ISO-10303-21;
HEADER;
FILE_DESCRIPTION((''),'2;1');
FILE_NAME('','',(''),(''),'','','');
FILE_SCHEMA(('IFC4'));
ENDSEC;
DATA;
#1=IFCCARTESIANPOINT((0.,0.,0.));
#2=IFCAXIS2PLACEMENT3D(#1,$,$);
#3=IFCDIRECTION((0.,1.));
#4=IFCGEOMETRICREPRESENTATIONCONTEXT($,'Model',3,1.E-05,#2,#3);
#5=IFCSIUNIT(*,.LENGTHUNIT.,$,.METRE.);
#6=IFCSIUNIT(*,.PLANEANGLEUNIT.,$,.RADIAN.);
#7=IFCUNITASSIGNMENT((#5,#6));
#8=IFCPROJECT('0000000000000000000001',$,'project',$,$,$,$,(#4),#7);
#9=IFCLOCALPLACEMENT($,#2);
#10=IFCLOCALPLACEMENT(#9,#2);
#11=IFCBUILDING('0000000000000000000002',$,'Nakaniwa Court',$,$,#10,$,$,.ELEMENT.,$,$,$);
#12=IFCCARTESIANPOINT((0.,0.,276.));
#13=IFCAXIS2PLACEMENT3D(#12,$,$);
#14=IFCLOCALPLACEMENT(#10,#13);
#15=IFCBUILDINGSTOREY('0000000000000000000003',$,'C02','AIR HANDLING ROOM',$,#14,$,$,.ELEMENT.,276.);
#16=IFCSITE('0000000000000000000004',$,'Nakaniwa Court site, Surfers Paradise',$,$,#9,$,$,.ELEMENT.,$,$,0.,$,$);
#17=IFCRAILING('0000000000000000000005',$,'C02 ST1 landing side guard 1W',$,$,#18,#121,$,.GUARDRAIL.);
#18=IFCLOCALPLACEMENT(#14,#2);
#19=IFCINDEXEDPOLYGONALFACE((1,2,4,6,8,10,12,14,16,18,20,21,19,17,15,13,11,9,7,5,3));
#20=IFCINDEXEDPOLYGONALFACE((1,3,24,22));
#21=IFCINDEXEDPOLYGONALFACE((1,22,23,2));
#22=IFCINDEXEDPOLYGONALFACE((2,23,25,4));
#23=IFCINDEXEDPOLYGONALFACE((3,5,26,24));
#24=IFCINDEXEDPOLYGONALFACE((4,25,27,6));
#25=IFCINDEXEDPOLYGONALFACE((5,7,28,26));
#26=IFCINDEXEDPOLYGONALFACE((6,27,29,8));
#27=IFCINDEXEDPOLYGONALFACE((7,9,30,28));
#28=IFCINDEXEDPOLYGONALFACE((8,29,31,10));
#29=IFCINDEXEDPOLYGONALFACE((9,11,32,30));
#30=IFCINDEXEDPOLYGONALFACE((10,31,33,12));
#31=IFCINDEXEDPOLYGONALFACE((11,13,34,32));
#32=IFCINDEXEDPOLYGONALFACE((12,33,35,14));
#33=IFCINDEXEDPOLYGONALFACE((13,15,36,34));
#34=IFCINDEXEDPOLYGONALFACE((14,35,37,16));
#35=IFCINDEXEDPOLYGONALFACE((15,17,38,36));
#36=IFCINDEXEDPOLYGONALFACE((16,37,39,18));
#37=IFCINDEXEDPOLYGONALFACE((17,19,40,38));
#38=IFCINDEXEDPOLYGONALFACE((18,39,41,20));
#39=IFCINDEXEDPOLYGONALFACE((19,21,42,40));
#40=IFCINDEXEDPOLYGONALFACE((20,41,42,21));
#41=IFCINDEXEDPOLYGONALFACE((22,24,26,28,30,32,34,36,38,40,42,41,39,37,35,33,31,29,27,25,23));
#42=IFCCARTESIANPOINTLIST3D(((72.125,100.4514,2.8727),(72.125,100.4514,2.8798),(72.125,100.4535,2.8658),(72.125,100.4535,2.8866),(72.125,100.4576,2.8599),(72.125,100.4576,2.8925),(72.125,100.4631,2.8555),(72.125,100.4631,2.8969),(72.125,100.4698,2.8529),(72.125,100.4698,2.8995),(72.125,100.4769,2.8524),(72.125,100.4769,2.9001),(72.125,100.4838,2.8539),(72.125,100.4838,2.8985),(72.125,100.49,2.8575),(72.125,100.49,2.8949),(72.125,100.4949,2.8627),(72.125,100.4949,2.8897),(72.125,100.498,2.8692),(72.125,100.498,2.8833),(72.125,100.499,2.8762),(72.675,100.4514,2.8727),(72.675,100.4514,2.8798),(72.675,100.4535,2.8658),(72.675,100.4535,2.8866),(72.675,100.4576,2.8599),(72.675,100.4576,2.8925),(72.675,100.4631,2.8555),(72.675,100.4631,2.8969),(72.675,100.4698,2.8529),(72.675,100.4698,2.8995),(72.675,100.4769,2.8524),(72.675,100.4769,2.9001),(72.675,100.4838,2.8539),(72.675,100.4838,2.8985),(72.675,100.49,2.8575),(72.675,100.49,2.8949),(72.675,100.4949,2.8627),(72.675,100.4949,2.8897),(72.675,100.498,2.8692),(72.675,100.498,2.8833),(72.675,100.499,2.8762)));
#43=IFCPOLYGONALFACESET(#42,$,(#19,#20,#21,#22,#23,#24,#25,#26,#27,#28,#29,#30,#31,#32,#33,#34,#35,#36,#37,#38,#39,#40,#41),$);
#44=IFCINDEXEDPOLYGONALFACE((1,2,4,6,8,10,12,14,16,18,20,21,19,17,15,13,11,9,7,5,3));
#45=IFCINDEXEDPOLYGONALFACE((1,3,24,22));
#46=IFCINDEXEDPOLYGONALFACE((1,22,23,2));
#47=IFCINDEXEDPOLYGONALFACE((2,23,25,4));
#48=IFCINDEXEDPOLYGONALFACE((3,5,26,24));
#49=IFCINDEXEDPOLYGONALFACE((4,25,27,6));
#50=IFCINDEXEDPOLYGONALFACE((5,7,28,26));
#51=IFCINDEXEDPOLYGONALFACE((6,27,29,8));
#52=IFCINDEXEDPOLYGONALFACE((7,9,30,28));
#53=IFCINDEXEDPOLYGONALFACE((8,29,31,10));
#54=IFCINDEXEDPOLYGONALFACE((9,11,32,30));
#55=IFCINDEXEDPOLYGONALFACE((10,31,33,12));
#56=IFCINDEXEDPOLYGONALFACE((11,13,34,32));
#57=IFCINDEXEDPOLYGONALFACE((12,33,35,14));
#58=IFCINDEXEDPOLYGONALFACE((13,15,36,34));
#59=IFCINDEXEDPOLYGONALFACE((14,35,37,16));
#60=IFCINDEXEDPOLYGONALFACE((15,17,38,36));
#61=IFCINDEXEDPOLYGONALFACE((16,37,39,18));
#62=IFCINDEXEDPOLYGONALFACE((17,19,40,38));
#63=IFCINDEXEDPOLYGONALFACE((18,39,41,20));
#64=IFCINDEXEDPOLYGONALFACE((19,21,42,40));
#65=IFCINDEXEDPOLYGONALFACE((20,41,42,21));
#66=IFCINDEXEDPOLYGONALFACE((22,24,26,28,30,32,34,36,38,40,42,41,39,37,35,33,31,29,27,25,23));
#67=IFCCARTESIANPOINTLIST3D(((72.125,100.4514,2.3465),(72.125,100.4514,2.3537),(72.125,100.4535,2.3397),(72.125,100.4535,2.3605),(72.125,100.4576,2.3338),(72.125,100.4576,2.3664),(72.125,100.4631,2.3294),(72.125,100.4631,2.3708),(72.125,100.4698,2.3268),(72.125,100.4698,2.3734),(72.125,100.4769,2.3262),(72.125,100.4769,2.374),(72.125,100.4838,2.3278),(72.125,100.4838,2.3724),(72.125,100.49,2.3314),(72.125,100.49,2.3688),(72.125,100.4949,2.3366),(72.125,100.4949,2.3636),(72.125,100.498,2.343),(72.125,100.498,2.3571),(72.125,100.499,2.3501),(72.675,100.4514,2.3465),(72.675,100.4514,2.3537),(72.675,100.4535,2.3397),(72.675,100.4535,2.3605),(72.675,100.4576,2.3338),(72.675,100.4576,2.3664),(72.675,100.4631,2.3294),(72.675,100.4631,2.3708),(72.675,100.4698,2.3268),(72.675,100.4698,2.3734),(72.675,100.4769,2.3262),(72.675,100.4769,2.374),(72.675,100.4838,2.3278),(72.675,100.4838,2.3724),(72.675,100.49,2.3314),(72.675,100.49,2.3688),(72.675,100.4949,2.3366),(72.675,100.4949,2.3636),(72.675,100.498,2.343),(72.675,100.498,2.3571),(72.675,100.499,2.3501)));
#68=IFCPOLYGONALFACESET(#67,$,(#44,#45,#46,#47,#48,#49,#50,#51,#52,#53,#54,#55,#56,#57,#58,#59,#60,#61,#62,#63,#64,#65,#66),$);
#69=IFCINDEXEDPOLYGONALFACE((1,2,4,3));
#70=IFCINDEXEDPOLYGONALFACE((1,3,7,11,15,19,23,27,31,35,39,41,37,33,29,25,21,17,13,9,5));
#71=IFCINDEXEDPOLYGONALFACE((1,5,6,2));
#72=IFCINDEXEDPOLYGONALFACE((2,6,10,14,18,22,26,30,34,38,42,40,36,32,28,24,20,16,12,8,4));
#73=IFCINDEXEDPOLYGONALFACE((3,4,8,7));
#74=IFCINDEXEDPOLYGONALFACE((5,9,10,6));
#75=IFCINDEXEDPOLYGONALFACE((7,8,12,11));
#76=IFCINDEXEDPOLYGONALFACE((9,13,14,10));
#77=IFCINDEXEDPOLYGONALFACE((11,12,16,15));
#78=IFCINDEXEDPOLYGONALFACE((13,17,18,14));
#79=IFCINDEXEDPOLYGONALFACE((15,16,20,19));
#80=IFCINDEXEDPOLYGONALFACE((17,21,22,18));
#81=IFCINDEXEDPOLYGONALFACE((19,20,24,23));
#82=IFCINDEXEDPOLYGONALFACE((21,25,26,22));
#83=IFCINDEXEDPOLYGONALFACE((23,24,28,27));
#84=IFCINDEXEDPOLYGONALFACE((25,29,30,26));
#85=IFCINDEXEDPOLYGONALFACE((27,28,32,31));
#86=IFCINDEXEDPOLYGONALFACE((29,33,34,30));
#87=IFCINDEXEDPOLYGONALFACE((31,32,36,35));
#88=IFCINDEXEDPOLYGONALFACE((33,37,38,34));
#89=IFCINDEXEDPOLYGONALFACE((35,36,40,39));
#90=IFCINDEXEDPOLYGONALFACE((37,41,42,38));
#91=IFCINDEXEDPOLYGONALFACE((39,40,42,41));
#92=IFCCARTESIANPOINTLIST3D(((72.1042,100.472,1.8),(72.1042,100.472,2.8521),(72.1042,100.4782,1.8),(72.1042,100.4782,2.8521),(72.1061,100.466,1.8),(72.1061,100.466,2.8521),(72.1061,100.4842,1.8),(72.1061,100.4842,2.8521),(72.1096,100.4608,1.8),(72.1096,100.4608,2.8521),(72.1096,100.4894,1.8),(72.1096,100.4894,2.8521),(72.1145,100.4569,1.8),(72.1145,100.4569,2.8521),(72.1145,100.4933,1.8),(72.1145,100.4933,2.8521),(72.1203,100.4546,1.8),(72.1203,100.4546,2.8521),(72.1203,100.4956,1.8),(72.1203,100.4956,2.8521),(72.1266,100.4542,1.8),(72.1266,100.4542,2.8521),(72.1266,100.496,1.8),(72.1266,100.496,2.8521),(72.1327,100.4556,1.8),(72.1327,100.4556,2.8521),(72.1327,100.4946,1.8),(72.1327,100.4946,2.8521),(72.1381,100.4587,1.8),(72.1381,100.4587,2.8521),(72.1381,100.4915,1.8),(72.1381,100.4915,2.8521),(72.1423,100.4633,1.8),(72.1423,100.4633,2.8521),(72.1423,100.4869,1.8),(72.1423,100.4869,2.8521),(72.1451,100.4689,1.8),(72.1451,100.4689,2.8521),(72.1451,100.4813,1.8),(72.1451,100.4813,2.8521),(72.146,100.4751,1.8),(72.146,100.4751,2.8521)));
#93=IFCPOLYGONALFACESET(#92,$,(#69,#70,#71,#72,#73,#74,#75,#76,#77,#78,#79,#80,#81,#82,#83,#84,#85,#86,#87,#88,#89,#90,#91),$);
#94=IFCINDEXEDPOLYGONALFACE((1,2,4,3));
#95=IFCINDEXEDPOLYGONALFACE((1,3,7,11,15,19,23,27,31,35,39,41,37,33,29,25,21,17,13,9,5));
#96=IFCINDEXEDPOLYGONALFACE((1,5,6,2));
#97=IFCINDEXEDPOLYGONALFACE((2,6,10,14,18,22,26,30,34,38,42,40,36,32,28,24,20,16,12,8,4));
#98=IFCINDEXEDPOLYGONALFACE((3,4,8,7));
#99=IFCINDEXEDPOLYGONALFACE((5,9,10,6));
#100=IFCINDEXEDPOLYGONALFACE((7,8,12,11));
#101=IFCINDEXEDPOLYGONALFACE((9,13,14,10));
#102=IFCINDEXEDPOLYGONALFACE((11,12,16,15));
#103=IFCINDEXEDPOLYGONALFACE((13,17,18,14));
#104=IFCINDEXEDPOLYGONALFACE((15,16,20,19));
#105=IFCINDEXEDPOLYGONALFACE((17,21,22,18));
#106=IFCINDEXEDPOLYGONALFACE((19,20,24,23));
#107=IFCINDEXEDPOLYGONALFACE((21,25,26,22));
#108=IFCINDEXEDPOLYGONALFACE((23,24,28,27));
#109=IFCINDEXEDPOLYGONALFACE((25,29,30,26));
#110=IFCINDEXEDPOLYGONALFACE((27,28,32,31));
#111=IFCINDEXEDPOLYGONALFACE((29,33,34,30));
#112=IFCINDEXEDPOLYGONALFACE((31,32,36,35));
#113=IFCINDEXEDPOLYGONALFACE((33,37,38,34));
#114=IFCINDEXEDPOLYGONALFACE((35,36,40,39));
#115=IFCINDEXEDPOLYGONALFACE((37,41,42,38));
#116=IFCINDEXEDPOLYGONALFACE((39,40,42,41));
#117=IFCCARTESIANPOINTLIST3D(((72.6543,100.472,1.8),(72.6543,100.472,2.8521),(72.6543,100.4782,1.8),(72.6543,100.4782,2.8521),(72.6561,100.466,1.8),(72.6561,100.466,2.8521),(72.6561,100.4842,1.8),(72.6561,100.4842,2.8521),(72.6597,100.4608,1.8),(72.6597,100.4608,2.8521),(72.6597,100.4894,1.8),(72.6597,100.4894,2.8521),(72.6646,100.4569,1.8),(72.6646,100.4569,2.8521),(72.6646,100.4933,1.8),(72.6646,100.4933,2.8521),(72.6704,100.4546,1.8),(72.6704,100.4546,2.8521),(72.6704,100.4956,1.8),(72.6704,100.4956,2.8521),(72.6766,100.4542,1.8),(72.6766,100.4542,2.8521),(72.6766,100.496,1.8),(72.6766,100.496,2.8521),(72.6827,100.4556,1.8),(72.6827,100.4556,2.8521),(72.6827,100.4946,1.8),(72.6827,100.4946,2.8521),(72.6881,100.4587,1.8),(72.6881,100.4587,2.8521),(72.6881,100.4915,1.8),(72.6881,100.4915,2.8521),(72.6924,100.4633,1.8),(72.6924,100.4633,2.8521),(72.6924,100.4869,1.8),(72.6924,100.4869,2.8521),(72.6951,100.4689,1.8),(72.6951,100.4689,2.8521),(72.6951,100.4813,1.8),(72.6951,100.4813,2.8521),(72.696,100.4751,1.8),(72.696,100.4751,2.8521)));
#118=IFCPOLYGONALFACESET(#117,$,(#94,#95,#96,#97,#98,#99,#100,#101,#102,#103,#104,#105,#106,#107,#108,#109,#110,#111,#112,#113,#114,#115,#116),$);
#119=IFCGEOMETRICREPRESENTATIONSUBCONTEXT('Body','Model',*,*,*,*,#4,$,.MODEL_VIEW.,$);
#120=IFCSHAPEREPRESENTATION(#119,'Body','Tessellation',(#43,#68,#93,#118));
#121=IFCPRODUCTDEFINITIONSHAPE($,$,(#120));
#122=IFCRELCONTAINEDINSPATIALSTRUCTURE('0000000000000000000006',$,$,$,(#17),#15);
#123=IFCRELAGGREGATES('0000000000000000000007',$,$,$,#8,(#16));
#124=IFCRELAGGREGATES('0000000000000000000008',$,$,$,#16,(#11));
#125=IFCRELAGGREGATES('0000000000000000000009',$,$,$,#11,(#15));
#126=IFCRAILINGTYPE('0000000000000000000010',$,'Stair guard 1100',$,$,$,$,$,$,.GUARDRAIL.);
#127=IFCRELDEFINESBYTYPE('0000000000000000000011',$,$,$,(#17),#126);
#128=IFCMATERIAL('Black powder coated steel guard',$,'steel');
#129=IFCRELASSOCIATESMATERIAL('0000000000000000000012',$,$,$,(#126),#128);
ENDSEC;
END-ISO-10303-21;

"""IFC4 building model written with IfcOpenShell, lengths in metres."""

from ifc_helpers import new_model, si_unit, direction, frame, origin, origin_2d, place, context, subcontext, project, spatial, circle, extrude, material, type_object, element, save


model = new_model("IFC4")

# Units and contexts
model_context = context("Model", 3, precision=1e-05, world=origin(), true_north=direction((0.0, 1.0)))
body_context = subcontext(model_context, "Body", "Model", "MODEL_VIEW")
ifc_project = project(units=[si_unit("LENGTHUNIT", "METRE"), si_unit("PLANEANGLEUNIT", "RADIAN")], contexts=[model_context])

# Site, building, storey
site_placement = place(None, origin())
site = spatial("IfcSite", under=ifc_project, at=site_placement, Name="Nakaniwa Court site, Surfers Paradise", CompositionType="ELEMENT", RefElevation=0.0)
building_placement = place(site_placement, origin())
building = spatial("IfcBuilding", under=site, at=building_placement, Name="Nakaniwa Court", CompositionType="ELEMENT")
storey_placement = place(building_placement, frame((0.0, 0.0, 276.0)))
storey = spatial("IfcBuildingStorey", under=building, at=storey_placement, Name="C02", Description="AIR HANDLING ROOM", CompositionType="ELEMENT", Elevation=276.0)

# Railing
ifc_material_1 = material(Name="Black powder coated steel guard", Category="steel")
railing_type_1 = type_object("IfcRailingType", Name="Stair guard 1100", PredefinedType="GUARDRAIL", material=ifc_material_1)
railing_1_placement = place(storey_placement, frame((72.125, 100.4751, 1.8)))
element("IfcRailing", 1, at=railing_1_placement, inside=storey, type_object=railing_type_1, Name="C02 ST1 landing side guard 1W", PredefinedType="GUARDRAIL", context=body_context, shape_type="SweptSolid", body=[
    extrude(circle(Radius=0.0239, at=origin_2d()), frame((0.0, 0.0, 1.0762), z_axis=(1.0, 0.0, 0.0), x_axis=(0.0, 1.0, 0.0)), (0.0, 0.0, 1.0), 0.55),
    extrude(circle(Radius=0.0239, at=origin_2d()), frame((0.0, 0.0, 0.55), z_axis=(1.0, 0.0, 0.0), x_axis=(0.0, 1.0, 0.0)), (0.0, 0.0, 1.0), 0.55),
    extrude(circle(Radius=0.021, at=origin_2d()), origin(), (0.0, 0.0, 1.0), 1.052),
    extrude(circle(Radius=0.021, at=origin_2d()), frame((0.55, 0.0, 0.0)), (0.0, 0.0, 1.0), 1.052),
])

save(model, "model.ifc")
